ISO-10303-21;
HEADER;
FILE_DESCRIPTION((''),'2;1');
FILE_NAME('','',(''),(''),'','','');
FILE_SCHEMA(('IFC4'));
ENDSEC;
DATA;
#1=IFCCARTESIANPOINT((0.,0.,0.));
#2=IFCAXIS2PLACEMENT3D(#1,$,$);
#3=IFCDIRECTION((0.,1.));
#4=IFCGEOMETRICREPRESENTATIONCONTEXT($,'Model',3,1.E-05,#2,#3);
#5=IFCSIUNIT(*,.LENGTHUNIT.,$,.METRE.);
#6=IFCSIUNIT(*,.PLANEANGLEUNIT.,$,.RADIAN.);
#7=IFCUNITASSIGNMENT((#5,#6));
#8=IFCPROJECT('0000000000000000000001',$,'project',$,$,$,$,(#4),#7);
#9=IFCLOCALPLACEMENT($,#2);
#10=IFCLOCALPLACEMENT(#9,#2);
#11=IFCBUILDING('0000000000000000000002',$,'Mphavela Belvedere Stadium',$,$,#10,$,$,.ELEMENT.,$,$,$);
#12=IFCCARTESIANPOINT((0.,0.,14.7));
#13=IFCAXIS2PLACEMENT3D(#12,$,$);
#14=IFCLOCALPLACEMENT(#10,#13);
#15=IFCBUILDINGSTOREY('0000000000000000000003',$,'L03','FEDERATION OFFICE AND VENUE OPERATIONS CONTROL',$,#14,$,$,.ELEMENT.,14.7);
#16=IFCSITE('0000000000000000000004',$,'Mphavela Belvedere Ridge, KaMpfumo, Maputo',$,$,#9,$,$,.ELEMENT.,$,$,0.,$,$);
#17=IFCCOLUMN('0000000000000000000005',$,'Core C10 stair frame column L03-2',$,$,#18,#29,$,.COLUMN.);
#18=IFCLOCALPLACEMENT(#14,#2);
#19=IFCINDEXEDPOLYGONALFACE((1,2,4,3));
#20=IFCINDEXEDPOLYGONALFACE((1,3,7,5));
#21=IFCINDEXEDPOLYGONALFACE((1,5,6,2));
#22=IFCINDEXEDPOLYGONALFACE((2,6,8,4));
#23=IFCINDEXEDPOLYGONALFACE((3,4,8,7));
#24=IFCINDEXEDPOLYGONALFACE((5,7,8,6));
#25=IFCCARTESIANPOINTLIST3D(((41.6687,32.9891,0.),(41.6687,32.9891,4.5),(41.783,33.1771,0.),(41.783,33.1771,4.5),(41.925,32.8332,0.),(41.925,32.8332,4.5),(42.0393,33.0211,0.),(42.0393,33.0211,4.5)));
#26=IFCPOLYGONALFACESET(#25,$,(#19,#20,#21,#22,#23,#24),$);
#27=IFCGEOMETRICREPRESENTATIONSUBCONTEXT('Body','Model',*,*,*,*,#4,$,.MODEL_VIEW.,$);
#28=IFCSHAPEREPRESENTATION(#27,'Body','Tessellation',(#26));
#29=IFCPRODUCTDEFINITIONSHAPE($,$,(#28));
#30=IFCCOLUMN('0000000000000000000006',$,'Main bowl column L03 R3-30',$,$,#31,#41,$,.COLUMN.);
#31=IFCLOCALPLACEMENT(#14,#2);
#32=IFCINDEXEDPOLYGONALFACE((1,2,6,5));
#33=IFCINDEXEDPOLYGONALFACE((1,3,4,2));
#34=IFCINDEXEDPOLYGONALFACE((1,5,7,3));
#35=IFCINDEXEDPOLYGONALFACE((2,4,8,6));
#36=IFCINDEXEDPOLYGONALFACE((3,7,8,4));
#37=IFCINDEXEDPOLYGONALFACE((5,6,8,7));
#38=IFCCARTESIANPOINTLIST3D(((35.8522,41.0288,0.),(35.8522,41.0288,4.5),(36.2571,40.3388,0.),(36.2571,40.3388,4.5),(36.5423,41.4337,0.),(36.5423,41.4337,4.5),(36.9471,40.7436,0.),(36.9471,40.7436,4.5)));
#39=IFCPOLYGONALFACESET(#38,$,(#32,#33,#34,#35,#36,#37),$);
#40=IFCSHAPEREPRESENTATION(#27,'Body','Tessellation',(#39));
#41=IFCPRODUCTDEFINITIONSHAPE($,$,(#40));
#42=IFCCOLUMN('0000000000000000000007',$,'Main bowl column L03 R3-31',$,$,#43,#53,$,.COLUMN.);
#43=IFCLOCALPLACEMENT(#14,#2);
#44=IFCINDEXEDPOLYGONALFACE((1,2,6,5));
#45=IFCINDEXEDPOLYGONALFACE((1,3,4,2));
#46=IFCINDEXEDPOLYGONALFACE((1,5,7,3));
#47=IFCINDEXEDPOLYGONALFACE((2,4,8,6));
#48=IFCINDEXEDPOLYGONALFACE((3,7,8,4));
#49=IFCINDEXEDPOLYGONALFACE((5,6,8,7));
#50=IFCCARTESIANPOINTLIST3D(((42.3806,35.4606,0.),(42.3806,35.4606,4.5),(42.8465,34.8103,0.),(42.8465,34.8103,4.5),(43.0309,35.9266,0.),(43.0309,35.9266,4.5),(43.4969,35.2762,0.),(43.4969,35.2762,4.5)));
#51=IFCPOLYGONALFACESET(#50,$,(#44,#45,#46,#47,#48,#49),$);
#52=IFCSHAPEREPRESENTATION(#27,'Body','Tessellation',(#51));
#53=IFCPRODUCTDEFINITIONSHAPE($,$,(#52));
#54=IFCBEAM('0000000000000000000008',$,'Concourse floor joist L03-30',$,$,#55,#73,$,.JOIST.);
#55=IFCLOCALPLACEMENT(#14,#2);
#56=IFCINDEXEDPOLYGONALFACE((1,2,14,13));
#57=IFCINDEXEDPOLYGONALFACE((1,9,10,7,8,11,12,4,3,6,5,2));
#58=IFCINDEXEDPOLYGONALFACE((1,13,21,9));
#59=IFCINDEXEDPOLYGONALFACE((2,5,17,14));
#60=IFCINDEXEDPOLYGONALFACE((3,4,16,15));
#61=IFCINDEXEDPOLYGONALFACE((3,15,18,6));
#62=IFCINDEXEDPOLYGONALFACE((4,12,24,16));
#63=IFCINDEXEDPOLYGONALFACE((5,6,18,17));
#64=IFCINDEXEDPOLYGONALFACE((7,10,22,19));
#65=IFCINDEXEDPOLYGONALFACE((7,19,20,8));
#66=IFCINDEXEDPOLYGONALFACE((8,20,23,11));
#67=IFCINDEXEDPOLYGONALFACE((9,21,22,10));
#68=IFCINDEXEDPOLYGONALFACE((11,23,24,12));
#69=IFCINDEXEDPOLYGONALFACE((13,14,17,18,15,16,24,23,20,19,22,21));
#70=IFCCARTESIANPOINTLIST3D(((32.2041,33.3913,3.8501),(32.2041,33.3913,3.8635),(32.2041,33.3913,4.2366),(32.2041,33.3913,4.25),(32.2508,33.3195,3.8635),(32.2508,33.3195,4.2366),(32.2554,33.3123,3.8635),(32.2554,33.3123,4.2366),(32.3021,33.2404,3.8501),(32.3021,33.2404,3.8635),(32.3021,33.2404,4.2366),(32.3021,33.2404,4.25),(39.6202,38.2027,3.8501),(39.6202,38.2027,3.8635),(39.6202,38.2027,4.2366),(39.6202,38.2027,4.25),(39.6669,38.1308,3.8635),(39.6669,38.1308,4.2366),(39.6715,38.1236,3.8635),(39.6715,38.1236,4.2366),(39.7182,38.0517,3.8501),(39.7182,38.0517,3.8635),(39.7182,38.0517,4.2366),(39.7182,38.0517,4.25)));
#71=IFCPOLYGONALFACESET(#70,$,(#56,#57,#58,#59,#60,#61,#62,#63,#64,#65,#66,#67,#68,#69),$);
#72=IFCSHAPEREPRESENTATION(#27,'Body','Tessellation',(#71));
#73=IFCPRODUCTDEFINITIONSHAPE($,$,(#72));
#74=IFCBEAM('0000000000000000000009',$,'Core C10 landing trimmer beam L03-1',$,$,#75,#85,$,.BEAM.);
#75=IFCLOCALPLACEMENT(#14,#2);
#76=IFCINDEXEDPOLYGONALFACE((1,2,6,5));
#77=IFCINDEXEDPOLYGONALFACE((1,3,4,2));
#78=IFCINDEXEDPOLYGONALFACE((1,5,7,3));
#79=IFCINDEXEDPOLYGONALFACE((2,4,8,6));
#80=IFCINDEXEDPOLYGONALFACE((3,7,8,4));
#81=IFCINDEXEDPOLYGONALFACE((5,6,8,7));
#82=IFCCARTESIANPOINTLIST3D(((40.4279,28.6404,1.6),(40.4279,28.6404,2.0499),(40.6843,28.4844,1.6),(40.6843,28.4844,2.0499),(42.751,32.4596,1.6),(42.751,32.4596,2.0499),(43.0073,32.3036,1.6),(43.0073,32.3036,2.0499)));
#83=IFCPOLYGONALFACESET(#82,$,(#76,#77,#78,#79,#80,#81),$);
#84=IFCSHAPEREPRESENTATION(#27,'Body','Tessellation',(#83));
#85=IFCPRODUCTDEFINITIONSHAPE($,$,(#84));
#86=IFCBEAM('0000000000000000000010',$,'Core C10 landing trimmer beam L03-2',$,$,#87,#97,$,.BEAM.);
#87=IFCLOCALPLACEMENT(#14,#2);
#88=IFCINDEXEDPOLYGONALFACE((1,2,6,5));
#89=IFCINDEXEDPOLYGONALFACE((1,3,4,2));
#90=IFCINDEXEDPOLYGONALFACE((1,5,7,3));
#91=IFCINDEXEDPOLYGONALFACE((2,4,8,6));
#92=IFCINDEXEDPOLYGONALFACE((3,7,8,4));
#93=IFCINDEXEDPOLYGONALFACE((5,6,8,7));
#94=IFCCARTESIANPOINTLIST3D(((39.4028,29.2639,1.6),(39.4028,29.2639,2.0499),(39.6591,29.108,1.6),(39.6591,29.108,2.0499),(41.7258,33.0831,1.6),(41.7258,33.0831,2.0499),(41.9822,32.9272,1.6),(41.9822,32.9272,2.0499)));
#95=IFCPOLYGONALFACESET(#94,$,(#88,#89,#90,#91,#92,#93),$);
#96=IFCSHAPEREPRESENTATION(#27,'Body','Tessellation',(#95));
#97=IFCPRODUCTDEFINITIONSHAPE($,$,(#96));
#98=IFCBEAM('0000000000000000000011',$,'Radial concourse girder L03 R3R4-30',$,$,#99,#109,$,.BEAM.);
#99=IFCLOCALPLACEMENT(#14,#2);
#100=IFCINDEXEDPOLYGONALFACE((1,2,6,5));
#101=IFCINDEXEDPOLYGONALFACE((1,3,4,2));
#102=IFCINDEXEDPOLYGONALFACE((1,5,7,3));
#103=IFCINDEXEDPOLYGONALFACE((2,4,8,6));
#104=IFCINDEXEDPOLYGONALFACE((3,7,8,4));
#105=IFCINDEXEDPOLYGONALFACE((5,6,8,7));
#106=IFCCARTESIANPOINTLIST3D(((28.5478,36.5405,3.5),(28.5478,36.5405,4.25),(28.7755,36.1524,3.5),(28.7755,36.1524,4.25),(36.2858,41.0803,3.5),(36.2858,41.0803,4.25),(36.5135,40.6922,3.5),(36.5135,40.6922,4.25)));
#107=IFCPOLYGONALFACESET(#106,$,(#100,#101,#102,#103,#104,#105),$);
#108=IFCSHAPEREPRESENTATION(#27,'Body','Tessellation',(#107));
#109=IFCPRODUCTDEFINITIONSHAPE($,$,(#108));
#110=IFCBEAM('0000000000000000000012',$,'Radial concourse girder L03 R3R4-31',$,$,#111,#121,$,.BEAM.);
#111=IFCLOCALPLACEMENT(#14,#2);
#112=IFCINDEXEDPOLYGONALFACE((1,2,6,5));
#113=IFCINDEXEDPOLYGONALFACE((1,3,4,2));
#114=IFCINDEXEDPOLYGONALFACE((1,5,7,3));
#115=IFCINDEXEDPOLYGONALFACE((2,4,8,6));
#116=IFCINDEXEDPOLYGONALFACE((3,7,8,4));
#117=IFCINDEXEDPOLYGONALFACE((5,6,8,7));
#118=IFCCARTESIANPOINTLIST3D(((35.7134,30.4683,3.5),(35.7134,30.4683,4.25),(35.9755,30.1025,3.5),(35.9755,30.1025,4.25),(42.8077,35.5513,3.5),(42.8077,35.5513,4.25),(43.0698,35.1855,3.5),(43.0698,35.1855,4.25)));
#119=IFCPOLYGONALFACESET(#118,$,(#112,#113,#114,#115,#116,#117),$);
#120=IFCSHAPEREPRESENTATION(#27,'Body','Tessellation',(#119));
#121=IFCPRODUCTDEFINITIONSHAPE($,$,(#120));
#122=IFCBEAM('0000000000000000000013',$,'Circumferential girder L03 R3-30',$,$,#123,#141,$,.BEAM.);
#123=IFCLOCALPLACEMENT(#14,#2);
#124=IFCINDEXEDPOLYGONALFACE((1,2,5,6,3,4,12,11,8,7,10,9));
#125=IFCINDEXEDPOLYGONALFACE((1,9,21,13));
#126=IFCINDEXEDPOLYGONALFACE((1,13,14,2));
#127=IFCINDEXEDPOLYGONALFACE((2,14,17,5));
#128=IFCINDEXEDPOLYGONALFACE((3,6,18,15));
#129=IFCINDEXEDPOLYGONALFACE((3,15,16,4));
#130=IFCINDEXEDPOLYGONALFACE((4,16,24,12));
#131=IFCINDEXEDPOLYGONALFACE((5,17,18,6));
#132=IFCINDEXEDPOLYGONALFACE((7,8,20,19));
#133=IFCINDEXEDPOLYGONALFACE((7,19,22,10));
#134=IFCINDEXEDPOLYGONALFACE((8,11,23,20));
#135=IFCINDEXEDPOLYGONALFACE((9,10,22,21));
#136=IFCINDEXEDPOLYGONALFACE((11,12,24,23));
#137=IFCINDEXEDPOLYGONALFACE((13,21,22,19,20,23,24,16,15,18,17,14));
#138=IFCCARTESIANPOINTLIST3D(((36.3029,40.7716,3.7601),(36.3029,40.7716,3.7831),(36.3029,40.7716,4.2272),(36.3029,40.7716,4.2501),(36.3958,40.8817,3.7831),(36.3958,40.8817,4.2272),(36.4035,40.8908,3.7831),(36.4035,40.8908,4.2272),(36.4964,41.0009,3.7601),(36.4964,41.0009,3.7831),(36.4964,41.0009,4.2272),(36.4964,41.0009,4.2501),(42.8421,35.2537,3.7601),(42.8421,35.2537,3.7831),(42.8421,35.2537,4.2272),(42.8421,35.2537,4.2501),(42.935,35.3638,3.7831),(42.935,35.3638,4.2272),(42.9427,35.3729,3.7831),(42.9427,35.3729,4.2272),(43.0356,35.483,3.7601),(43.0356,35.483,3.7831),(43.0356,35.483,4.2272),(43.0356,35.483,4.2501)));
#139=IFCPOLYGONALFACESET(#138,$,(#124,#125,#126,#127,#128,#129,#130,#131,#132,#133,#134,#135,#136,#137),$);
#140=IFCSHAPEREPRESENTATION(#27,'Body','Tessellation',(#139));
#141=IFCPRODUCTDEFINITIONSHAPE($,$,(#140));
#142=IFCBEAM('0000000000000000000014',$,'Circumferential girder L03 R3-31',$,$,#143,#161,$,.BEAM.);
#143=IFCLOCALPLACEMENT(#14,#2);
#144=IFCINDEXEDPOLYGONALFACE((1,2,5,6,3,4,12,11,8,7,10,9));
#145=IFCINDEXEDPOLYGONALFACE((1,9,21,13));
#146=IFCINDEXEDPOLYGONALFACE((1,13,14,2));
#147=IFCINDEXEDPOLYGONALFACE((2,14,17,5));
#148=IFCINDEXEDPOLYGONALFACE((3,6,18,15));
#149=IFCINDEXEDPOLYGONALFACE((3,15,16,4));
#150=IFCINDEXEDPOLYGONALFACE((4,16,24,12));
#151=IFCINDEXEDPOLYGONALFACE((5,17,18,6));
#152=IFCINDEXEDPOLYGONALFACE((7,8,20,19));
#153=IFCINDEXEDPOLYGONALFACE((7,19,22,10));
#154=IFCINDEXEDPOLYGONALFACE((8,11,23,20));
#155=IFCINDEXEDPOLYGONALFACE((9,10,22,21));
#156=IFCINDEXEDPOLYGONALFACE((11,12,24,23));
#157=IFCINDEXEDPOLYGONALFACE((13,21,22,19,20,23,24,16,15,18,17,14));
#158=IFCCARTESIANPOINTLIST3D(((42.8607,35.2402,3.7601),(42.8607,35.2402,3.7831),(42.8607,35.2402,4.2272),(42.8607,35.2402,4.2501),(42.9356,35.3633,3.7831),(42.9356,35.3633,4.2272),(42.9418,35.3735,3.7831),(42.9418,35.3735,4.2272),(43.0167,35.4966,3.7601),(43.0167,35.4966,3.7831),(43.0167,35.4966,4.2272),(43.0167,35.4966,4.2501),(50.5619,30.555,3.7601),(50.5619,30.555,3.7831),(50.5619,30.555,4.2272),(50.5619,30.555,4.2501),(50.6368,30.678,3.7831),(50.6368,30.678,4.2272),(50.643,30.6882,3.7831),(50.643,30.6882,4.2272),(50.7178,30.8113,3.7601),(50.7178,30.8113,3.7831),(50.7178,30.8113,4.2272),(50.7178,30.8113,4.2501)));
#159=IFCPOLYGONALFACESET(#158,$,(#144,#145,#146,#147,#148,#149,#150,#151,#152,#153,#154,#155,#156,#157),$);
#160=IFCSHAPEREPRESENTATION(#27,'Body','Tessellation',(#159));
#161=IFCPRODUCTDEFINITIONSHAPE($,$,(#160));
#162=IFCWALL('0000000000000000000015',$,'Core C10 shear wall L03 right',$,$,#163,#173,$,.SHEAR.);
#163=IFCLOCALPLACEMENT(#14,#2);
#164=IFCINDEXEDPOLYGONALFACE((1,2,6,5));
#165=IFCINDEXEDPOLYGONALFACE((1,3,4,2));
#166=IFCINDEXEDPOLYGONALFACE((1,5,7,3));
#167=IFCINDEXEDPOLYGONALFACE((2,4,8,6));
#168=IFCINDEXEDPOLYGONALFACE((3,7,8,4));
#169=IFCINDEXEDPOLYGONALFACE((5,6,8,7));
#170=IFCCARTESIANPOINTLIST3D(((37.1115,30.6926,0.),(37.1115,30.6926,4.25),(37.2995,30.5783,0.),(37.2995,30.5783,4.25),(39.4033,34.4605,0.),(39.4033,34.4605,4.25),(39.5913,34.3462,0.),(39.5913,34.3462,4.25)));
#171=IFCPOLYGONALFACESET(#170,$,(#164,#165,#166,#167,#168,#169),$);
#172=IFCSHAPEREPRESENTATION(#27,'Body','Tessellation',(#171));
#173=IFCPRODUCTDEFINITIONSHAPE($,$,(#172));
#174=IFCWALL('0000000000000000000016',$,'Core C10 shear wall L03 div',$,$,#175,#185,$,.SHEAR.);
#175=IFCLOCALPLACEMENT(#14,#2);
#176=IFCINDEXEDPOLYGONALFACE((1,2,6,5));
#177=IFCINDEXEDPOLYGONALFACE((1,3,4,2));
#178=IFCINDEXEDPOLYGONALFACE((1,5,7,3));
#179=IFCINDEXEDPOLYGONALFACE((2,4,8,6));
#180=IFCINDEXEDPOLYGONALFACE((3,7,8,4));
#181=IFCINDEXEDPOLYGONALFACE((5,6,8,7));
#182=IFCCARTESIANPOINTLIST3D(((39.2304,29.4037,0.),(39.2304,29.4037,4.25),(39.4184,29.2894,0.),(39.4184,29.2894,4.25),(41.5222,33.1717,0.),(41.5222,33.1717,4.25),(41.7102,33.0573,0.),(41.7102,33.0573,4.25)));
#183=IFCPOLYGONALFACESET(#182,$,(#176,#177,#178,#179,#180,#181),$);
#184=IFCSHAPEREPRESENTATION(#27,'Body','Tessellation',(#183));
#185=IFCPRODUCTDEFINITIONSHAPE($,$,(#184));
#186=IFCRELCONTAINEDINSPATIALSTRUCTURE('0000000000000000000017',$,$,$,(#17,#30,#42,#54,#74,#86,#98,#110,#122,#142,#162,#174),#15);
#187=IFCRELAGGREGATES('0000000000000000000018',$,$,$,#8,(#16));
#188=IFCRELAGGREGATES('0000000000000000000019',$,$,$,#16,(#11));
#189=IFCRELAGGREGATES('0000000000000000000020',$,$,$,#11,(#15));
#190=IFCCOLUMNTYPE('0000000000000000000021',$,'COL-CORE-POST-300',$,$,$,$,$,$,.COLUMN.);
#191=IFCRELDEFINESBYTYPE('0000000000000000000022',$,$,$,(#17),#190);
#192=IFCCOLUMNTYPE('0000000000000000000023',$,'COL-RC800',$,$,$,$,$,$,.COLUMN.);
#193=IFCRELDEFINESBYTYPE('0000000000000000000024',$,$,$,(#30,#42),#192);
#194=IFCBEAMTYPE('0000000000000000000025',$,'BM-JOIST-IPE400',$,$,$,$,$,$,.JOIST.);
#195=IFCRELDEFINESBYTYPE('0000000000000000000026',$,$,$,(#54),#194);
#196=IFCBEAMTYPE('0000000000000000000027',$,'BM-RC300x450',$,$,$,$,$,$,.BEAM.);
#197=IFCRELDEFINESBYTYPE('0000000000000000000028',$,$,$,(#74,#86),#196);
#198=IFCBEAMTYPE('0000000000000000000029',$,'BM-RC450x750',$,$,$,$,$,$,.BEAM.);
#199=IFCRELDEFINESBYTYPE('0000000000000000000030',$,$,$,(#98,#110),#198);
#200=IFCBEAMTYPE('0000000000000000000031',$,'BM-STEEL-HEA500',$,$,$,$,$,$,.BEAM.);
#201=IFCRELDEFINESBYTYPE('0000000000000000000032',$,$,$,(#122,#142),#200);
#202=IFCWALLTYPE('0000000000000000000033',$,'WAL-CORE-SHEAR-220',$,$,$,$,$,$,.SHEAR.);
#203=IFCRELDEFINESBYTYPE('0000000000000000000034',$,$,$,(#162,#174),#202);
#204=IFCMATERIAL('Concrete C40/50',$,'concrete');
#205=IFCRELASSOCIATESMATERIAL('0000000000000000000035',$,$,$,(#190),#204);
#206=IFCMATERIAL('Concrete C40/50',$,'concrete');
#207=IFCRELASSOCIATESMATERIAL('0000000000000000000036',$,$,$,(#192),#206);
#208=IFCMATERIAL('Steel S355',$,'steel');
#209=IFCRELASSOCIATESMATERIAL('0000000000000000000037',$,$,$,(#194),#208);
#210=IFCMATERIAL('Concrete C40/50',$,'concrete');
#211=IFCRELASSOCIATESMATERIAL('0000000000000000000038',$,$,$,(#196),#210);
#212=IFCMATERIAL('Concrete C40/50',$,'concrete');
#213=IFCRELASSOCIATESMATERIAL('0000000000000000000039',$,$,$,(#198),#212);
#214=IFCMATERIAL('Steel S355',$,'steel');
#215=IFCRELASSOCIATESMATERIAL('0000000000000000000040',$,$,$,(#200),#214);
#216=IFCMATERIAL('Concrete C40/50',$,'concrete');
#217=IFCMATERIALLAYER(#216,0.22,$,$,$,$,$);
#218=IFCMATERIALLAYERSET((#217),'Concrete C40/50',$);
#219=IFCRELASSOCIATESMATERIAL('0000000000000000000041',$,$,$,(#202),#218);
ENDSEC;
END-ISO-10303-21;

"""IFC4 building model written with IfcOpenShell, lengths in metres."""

from ifc_helpers import new_model, si_unit, direction, frame, frame_2d, origin, origin_2d, place, context, subcontext, project, spatial, rectangle, i_section, extrude, material, layer, layer_set, material_profile, profile_set, type_object, element, save


model = new_model("IFC4")

# Units and contexts
model_context = context("Model", 3, precision=1e-05, world=origin(), true_north=direction((0.0, 1.0)))
body_context = subcontext(model_context, "Body", "Model", "MODEL_VIEW")
ifc_project = project(units=[si_unit("LENGTHUNIT", "METRE"), si_unit("PLANEANGLEUNIT", "RADIAN")], contexts=[model_context])

# Site, building, storey
site_placement = place(None, origin())
site = spatial("IfcSite", under=ifc_project, at=site_placement, Name="Mphavela Belvedere Ridge, KaMpfumo, Maputo", CompositionType="ELEMENT", RefElevation=0.0)
building_placement = place(site_placement, origin())
building = spatial("IfcBuilding", under=site, at=building_placement, Name="Mphavela Belvedere Stadium", CompositionType="ELEMENT")
storey_placement = place(building_placement, frame((0.0, 0.0, 14.7)))
storey = spatial("IfcBuildingStorey", under=building, at=storey_placement, Name="L03", Description="FEDERATION OFFICE AND VENUE OPERATIONS CONTROL", CompositionType="ELEMENT", Elevation=14.7)

# Columns
ifc_material_1 = material(Name="Concrete C40/50", Category="concrete")
ifc_material_profile_1 = material_profile(ifc_material_1, rectangle(XDim=0.3, YDim=0.22, at=origin_2d()), Name="RC 300x220")
ifc_profile_set_1 = profile_set([ifc_material_profile_1], Name="Concrete C40/50")
column_type_1 = type_object("IfcColumnType", Name="COL-CORE-POST-300", PredefinedType="COLUMN", material=ifc_profile_set_1)
column_placement = place(storey_placement, frame((41.854, 33.0051, 0.0), z_axis=(0.0, 0.0, 1.0), x_axis=(-0.854368, 0.519668, 0.0)))
element("IfcColumn", 1, at=column_placement, inside=storey, type_object=column_type_1, Name="Core C10 stair frame column L03-2", PredefinedType="COLUMN", context=body_context, shape_type="SweptSolid", body=[
    extrude(rectangle(XDim=0.3, YDim=0.22, at=origin_2d()), origin(), (0.0, 0.0, 1.0), 4.5),
])
ifc_material_2 = material(Name="Concrete C40/50", Category="concrete")
ifc_material_profile_2 = material_profile(ifc_material_2, rectangle(XDim=0.8, YDim=0.8, at=origin_2d()), Name="RC 800x800")
ifc_profile_set_2 = profile_set([ifc_material_profile_2], Name="Concrete C40/50")
column_type_2 = type_object("IfcColumnType", Name="COL-RC800", PredefinedType="COLUMN", material=ifc_profile_set_2)
for number, where, z_axis, x_axis, name in (
    (2, (36.3997, 40.8862, 0.0), (0.0, 0.0, 1.0), (-0.862514, -0.506034, 0.0), "Main bowl column L03 R3-30"),
    (3, (42.9387, 35.3684, 0.0), (0.0, 0.0, 1.0), (-0.812898, -0.582407, 0.0), "Main bowl column L03 R3-31"),
):
    element("IfcColumn", number, at=place(storey_placement, frame(where, z_axis=z_axis, x_axis=x_axis)), inside=storey, type_object=column_type_2, Name=name, PredefinedType="COLUMN", context=body_context, shape_type="SweptSolid", body=[
        extrude(rectangle(XDim=0.8, YDim=0.8, at=origin_2d()), origin(), (0.0, 0.0, 1.0), 4.5),
    ])

# Beams
ifc_material_3 = material(Name="Steel S355", Category="steel")
ifc_material_profile_3 = material_profile(ifc_material_3, i_section(OverallWidth=0.1799, OverallDepth=0.3999, WebThickness=0.0085, FlangeThickness=0.0134, at=origin_2d()), Name="IPE 400")
ifc_profile_set_3 = profile_set([ifc_material_profile_3], Name="Steel S355")
beam_type_1 = type_object("IfcBeamType", Name="BM-JOIST-IPE400", PredefinedType="JOIST", material=ifc_profile_set_3)
beam_1_placement = place(storey_placement, frame((39.6692, 38.1272, 4.05), z_axis=(-0.838915, -0.544262, 0.0), x_axis=(0.544262, -0.838915, 0.0)))
element("IfcBeam", 4, at=beam_1_placement, inside=storey, type_object=beam_type_1, Name="Concourse floor joist L03-30", PredefinedType="JOIST", context=body_context, shape_type="SweptSolid", body=[
    extrude(i_section(OverallWidth=0.1799, OverallDepth=0.3999, WebThickness=0.0085, FlangeThickness=0.0134, at=origin_2d()), origin(), (0.0, 0.0, 1.0), 8.8401),
])
ifc_material_4 = material(Name="Concrete C40/50", Category="concrete")
ifc_material_profile_4 = material_profile(ifc_material_4, rectangle(XDim=0.3, YDim=0.45, at=origin_2d()), Name="RC 300x450")
ifc_profile_set_4 = profile_set([ifc_material_profile_4], Name="Concrete C40/50")
beam_type_2 = type_object("IfcBeamType", Name="BM-RC300x450", PredefinedType="BEAM", material=ifc_profile_set_4)
for number, where, z_axis, x_axis, name in (
    (5, (42.8792, 32.3816, 1.825), (-0.519675, -0.854364, 0.0), (0.854364, -0.519675, 0.0), "Core C10 landing trimmer beam L03-1"),
    (6, (41.854, 33.0051, 1.825), (-0.519675, -0.854364, 0.0), (0.854364, -0.519675, 0.0), "Core C10 landing trimmer beam L03-2"),
):
    element("IfcBeam", number, at=place(storey_placement, frame(where, z_axis=z_axis, x_axis=x_axis)), inside=storey, type_object=beam_type_2, Name=name, PredefinedType="BEAM", context=body_context, shape_type="SweptSolid", body=[
        extrude(rectangle(XDim=0.3, YDim=0.45, at=origin_2d()), origin(), (0.0, 0.0, 1.0), 4.4702),
    ])
ifc_material_5 = material(Name="Concrete C40/50", Category="concrete")
ifc_material_profile_5 = material_profile(ifc_material_5, rectangle(XDim=0.45, YDim=0.75, at=origin_2d()), Name="RC 450x750")
ifc_profile_set_5 = profile_set([ifc_material_profile_5], Name="Concrete C40/50")
beam_type_3 = type_object("IfcBeamType", Name="BM-RC450x750", PredefinedType="BEAM", material=ifc_profile_set_5)
beam_2_placement = place(storey_placement, frame((36.3997, 40.8862, 3.875), z_axis=(-0.862518, -0.506027, 0.0), x_axis=(0.506027, -0.862518, 0.0)))
element("IfcBeam", 7, at=beam_2_placement, inside=storey, type_object=beam_type_3, Name="Radial concourse girder L03 R3R4-30", PredefinedType="BEAM", context=body_context, shape_type="SweptSolid", body=[
    extrude(rectangle(XDim=0.45, YDim=0.75, at=origin_2d()), origin(), (0.0, 0.0, 1.0), 8.9714),
])
beam_3_placement = place(storey_placement, frame((42.9387, 35.3684, 3.875), z_axis=(-0.812882, -0.582428, 0.0), x_axis=(0.582428, -0.812882, 0.0)))
element("IfcBeam", 8, at=beam_3_placement, inside=storey, type_object=beam_type_3, Name="Radial concourse girder L03 R3R4-31", PredefinedType="BEAM", context=body_context, shape_type="SweptSolid", body=[
    extrude(rectangle(XDim=0.45, YDim=0.75, at=origin_2d()), origin(), (0.0, 0.0, 1.0), 8.7273),
])
ifc_material_6 = material(Name="Steel S355", Category="steel")
ifc_material_profile_6 = material_profile(ifc_material_6, i_section(OverallWidth=0.3, OverallDepth=0.49, WebThickness=0.012, FlangeThickness=0.0229, at=origin_2d()), Name="HEA 500")
ifc_profile_set_6 = profile_set([ifc_material_profile_6], Name="Steel S355")
beam_type_4 = type_object("IfcBeamType", Name="BM-STEEL-HEA500", PredefinedType="BEAM", material=ifc_profile_set_6)
beam_4_placement = place(storey_placement, frame((36.3997, 40.8862, 4.0051), z_axis=(0.764263, -0.644904, 0.0), x_axis=(0.644904, 0.764263, 0.0)))
element("IfcBeam", 9, at=beam_4_placement, inside=storey, type_object=beam_type_4, Name="Circumferential girder L03 R3-30", PredefinedType="BEAM", context=body_context, shape_type="SweptSolid", body=[
    extrude(i_section(OverallWidth=0.3, OverallDepth=0.49, WebThickness=0.012, FlangeThickness=0.0229, at=origin_2d()), origin(), (0.0, 0.0, 1.0), 8.5562),
])
beam_5_placement = place(storey_placement, frame((42.9387, 35.3684, 4.0051), z_axis=(0.854315, -0.519755, 0.0), x_axis=(0.519755, 0.854315, 0.0)))
element("IfcBeam", 10, at=beam_5_placement, inside=storey, type_object=beam_type_4, Name="Circumferential girder L03 R3-31", PredefinedType="BEAM", context=body_context, shape_type="SweptSolid", body=[
    extrude(i_section(OverallWidth=0.3, OverallDepth=0.49, WebThickness=0.012, FlangeThickness=0.0229, at=origin_2d()), origin(), (0.0, 0.0, 1.0), 9.0144),
])

# Walls
ifc_material_7 = material(Name="Concrete C40/50", Category="concrete")
ifc_layer_1 = layer(ifc_material_7, 0.22)
ifc_layer_set_1 = layer_set([ifc_layer_1], Name="Concrete C40/50")
wall_type_1 = type_object("IfcWallType", Name="WAL-CORE-SHEAR-220", PredefinedType="SHEAR", material=ifc_layer_set_1)
for number, where, z_axis, x_axis, name in (
    (11, (39.4973, 34.4033, 0.0), (0.0, 0.0, 1.0), (-0.519664, -0.854371, 0.0), "Core C10 shear wall L03 right"),
    (12, (41.6162, 33.1145, 0.0), (0.0, 0.0, 1.0), (-0.519664, -0.854371, 0.0), "Core C10 shear wall L03 div"),
):
    element("IfcWall", number, at=place(storey_placement, frame(where, z_axis=z_axis, x_axis=x_axis)), inside=storey, type_object=wall_type_1, Name=name, PredefinedType="SHEAR", context=body_context, shape_type="SweptSolid", body=[
        extrude(rectangle(XDim=4.4102, YDim=0.22, at=frame_2d((2.2051, 0.0))), origin(), (0.0, 0.0, 1.0), 4.25),
    ])

save(model, "model.ifc")
